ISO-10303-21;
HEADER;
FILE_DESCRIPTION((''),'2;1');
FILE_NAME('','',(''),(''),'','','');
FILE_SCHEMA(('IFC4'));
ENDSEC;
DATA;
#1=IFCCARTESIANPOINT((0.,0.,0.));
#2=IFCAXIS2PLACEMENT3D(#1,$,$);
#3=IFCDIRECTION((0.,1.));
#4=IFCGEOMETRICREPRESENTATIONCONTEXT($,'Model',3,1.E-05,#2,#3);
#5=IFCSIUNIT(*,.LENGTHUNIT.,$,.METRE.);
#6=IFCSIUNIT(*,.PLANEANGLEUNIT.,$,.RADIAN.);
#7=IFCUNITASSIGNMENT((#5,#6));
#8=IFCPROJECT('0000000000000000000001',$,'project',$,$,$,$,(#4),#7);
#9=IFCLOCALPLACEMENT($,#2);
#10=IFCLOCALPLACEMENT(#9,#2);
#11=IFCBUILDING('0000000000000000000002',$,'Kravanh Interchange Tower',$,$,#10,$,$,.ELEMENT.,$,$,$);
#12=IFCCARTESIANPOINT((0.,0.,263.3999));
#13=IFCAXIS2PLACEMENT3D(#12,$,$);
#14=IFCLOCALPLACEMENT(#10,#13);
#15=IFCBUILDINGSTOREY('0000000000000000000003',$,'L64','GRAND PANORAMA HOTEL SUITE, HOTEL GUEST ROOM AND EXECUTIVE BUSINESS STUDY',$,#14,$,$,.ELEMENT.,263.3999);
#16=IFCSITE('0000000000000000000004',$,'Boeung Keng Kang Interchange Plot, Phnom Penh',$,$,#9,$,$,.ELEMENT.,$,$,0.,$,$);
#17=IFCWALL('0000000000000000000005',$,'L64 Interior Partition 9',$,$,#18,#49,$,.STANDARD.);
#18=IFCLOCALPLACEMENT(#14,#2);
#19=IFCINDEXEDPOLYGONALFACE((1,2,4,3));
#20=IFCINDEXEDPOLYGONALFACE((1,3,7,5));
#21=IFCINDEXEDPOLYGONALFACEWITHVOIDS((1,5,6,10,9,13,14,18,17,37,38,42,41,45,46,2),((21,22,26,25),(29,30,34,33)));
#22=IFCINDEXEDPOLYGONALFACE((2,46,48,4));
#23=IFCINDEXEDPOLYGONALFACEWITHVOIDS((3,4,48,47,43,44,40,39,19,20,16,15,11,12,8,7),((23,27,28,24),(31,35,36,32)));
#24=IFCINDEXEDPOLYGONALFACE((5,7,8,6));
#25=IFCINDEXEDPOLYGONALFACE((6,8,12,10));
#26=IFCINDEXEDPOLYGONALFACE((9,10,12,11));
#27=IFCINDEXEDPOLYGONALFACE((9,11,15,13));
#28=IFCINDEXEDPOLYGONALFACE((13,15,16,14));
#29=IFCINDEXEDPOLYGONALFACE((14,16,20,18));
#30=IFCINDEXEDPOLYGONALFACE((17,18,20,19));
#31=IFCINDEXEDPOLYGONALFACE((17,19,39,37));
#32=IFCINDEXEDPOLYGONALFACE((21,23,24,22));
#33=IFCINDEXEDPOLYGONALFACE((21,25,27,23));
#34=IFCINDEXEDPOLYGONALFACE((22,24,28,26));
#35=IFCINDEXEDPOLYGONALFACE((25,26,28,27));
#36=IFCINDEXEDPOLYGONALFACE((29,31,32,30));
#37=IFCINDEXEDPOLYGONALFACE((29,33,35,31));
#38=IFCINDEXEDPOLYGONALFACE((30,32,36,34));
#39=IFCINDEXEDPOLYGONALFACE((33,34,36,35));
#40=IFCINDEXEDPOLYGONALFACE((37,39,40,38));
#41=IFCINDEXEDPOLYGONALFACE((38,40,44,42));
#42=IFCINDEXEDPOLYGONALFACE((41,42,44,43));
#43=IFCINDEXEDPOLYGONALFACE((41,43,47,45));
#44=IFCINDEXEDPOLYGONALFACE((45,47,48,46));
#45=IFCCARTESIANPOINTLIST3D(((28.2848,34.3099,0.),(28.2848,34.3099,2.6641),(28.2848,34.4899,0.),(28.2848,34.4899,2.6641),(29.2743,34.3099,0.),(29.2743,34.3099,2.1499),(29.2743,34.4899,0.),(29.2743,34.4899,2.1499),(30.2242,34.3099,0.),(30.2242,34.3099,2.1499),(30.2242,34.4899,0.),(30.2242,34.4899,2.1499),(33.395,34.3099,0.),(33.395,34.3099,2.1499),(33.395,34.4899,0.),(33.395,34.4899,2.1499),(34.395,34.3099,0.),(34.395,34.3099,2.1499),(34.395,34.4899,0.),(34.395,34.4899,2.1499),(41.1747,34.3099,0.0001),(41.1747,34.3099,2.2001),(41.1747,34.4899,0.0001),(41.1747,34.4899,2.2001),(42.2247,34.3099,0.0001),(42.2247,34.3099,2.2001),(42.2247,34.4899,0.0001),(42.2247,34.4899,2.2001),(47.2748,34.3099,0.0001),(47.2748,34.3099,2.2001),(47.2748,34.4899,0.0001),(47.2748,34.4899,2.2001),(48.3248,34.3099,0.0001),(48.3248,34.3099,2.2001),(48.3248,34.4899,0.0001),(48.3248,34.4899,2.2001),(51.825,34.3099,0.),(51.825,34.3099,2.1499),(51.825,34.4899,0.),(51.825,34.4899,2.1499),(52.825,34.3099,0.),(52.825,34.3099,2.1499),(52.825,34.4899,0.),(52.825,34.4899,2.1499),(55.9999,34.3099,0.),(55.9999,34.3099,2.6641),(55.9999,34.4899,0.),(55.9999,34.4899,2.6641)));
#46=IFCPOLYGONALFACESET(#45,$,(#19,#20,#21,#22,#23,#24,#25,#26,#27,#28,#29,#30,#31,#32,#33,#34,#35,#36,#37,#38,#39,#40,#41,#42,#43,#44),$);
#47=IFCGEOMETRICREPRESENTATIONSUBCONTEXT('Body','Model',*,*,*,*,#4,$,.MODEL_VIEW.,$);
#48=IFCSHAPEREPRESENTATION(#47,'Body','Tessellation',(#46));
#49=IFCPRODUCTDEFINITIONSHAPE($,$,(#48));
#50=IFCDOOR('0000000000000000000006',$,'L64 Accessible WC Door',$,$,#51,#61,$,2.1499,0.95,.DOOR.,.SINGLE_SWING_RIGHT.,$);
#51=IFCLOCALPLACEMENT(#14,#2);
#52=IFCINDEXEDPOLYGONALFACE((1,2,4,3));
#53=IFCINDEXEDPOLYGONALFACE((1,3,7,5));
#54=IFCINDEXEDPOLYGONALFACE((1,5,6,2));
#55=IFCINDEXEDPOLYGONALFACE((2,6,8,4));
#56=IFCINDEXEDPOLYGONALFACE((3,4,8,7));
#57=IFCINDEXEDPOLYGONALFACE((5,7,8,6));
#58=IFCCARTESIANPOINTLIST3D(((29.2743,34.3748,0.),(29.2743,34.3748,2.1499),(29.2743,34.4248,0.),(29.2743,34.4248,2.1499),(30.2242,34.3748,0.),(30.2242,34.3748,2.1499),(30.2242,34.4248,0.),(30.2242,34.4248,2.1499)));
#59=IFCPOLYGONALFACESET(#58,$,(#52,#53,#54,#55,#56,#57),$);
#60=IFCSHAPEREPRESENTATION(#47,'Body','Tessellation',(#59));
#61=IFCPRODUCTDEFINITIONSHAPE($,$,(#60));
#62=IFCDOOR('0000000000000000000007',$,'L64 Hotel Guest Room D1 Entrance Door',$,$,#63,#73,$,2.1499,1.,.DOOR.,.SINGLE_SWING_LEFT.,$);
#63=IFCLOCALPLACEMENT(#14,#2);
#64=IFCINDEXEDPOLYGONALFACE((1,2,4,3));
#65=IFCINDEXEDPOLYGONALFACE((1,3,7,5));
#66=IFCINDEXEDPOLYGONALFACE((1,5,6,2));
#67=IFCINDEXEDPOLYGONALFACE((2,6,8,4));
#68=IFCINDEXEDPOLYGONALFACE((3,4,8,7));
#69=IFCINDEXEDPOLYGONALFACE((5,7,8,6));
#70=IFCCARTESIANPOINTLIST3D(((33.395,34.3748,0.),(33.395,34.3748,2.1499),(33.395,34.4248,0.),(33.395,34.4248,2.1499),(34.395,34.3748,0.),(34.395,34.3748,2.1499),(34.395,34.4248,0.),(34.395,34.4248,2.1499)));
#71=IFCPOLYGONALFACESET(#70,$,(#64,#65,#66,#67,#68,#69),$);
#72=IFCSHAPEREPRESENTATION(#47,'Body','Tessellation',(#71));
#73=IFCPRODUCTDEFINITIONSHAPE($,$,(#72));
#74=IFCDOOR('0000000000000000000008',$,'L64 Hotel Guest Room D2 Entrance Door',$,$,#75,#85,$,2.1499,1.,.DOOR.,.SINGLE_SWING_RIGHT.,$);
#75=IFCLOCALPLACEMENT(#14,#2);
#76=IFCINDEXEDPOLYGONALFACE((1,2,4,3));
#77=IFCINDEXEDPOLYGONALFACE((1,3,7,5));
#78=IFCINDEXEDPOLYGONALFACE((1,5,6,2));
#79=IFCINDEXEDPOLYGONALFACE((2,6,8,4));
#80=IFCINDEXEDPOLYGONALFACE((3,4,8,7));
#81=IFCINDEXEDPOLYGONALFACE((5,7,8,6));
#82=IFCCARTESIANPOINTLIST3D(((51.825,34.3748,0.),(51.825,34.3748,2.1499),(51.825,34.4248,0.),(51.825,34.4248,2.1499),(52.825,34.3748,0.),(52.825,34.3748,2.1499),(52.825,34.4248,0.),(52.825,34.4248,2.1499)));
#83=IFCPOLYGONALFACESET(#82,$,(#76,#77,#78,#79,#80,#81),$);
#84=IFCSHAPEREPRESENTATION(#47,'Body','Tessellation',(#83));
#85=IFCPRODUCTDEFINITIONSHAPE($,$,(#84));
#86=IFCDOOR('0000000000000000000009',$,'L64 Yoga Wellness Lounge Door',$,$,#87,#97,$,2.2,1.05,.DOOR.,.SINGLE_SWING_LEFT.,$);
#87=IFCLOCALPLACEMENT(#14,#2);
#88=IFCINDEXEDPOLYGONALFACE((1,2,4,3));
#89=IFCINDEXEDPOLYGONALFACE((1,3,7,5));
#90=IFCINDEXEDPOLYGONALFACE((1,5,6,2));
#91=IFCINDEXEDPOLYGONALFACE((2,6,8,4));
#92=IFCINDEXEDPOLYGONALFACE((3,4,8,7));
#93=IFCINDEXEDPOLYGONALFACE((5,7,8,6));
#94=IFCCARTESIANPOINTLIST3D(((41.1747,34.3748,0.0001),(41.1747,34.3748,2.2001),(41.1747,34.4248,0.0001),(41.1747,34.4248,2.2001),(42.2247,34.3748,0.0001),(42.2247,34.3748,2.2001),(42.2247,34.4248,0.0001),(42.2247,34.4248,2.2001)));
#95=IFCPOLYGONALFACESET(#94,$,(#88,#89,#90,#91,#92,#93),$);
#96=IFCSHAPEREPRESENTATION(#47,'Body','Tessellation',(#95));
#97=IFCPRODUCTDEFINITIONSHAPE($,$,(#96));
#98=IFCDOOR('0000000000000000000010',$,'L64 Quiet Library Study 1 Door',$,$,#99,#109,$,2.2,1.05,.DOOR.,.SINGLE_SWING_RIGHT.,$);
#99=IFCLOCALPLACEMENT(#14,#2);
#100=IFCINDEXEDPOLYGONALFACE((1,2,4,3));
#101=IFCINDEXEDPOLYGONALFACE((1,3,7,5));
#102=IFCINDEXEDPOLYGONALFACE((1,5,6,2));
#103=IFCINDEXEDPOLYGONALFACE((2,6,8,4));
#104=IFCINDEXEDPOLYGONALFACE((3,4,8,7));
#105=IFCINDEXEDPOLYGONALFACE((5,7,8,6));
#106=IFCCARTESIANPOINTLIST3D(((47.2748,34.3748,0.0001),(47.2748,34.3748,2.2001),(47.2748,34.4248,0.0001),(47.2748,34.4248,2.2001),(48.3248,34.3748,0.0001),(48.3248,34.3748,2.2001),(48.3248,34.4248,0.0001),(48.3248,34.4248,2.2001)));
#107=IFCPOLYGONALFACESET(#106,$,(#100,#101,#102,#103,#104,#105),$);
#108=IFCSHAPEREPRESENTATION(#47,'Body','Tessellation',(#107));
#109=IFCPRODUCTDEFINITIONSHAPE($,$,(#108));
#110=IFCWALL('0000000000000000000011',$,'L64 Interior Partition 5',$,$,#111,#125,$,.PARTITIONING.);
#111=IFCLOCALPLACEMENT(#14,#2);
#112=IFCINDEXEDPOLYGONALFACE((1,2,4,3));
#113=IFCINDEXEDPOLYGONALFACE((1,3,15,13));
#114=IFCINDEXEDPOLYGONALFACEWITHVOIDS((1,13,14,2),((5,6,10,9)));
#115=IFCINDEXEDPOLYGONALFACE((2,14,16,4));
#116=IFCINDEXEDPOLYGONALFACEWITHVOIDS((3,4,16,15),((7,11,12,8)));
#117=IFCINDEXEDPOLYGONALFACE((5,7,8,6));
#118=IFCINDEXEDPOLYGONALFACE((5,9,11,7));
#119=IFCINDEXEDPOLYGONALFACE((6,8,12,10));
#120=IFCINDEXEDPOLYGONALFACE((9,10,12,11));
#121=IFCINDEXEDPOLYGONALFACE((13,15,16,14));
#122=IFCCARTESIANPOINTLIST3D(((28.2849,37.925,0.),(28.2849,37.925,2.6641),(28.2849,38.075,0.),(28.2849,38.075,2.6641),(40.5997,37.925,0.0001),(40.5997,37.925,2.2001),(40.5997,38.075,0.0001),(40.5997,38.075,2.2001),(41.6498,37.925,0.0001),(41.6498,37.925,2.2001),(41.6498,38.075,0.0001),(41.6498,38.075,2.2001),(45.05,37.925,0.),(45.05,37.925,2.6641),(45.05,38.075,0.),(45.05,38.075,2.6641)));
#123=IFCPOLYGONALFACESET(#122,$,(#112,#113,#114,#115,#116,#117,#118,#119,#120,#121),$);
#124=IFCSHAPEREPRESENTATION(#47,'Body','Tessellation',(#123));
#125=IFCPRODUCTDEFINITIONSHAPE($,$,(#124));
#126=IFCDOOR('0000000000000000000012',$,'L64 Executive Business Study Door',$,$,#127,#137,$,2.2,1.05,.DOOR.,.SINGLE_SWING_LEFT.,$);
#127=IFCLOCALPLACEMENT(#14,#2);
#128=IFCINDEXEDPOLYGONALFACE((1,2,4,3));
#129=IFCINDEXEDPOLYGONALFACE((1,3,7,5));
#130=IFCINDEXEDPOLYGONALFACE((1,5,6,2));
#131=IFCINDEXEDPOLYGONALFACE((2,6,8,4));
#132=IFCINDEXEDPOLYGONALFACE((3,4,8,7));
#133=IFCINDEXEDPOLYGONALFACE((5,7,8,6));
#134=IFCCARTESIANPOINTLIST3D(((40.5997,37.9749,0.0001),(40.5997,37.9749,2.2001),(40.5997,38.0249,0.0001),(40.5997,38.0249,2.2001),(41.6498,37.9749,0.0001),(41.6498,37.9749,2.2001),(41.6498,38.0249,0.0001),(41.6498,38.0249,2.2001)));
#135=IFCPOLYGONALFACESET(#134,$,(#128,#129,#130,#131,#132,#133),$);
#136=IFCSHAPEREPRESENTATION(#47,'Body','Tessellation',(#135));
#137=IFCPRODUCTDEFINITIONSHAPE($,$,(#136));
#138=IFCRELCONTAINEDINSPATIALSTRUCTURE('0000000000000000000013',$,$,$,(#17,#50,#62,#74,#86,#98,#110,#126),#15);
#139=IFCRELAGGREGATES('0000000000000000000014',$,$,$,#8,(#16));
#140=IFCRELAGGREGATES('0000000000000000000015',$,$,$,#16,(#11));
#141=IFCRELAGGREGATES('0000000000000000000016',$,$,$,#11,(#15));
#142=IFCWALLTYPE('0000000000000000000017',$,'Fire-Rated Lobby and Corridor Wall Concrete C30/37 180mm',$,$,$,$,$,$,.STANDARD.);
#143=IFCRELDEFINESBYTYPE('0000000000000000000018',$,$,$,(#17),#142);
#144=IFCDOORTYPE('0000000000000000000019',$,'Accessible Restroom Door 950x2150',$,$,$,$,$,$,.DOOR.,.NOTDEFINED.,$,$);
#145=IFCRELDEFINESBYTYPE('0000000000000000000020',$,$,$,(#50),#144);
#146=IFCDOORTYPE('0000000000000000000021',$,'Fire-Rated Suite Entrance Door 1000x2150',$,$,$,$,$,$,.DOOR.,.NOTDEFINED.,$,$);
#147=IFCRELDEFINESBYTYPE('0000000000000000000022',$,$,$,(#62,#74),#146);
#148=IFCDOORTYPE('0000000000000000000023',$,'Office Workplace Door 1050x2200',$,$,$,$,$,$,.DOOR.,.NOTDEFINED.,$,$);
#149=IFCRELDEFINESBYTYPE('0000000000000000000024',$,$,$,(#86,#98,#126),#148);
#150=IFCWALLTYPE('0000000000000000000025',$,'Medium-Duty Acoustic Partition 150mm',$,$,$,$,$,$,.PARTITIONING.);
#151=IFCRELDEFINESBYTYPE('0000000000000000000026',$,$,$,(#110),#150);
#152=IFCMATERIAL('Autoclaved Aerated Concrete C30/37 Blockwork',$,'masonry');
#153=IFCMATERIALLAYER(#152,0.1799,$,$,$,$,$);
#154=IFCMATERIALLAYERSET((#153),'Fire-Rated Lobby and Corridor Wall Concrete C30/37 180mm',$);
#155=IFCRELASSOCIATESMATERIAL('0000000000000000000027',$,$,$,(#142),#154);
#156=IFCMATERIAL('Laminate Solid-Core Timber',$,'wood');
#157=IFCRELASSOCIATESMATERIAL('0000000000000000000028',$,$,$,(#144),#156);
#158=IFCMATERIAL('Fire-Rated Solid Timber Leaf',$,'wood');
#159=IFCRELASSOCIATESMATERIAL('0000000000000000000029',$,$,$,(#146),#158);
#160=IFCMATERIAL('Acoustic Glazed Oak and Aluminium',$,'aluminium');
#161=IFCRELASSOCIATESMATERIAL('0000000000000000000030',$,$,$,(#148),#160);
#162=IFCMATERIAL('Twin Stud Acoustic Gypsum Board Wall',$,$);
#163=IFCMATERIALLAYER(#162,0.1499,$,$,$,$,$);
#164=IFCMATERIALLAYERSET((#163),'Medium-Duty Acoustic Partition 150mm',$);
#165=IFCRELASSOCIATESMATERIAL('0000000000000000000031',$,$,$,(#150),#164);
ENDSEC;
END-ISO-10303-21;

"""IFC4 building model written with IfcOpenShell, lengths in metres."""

from ifc_helpers import new_model, si_unit, direction, frame, frame_2d, origin, place, context, subcontext, project, spatial, rectangle, extrude, material, layer, layer_set, type_object, element, fill, save


model = new_model("IFC4")

# Units and contexts
model_context = context("Model", 3, precision=1e-05, world=origin(), true_north=direction((0.0, 1.0)))
body_context = subcontext(model_context, "Body", "Model", "MODEL_VIEW")
ifc_project = project(units=[si_unit("LENGTHUNIT", "METRE"), si_unit("PLANEANGLEUNIT", "RADIAN")], contexts=[model_context])

# Site, building, storey
site_placement = place(None, origin())
site = spatial("IfcSite", under=ifc_project, at=site_placement, Name="Boeung Keng Kang Interchange Plot, Phnom Penh", CompositionType="ELEMENT", RefElevation=0.0)
building_placement = place(site_placement, origin())
building = spatial("IfcBuilding", under=site, at=building_placement, Name="Kravanh Interchange Tower", CompositionType="ELEMENT")
storey_placement = place(building_placement, frame((0.0, 0.0, 263.3999)))
storey = spatial("IfcBuildingStorey", under=building, at=storey_placement, Name="L64", Description="GRAND PANORAMA HOTEL SUITE, HOTEL GUEST ROOM AND EXECUTIVE BUSINESS STUDY", CompositionType="ELEMENT", Elevation=263.3999)

# Wall, openings, doors
ifc_material_1 = material(Name="Autoclaved Aerated Concrete C30/37 Blockwork", Category="masonry")
ifc_layer_1 = layer(ifc_material_1, 0.1799)
ifc_layer_set_1 = layer_set([ifc_layer_1], Name="Fire-Rated Lobby and Corridor Wall Concrete C30/37 180mm")
wall_type_1 = type_object("IfcWallType", Name="Fire-Rated Lobby and Corridor Wall Concrete C30/37 180mm", PredefinedType="STANDARD", material=ifc_layer_set_1)
wall_1_placement = place(storey_placement, frame((28.2849, 34.3999, 0.0), z_axis=(0.0, 0.0, 1.0), x_axis=(1.0, 0.0, 0.0)))
wall_1 = element("IfcWall", 1, at=wall_1_placement, inside=storey, type_object=wall_type_1, Name="L64 Interior Partition 9", PredefinedType="STANDARD", context=body_context, shape_type="SweptSolid", body=[
    extrude(rectangle(XDim=27.7151, YDim=0.1799, at=frame_2d((13.8574, 0.0))), origin(), (0.0, 0.0, 1.0), 2.6641),
])
opening_1_placement = place(wall_1_placement, frame((0.9893, 0.0, 0.0)))
opening_1 = element("IfcOpeningElement", 2, at=opening_1_placement, cuts=wall_1, PredefinedType="OPENING", context=body_context, shape_type="SweptSolid", body=[
    extrude(rectangle(XDim=0.95, YDim=2.1499, at=frame_2d((0.4751, 1.075))), frame((0.0, 0.1001, 0.0), z_axis=(0.0, -1.0, 0.0), x_axis=(1.0, 0.0, 0.0)), (0.0, 0.0, 1.0), 0.2),
])
opening_2_placement = place(wall_1_placement, frame((5.1101, 0.0, 0.0)))
opening_2 = element("IfcOpeningElement", 3, at=opening_2_placement, cuts=wall_1, PredefinedType="OPENING", context=body_context, shape_type="SweptSolid", body=[
    extrude(rectangle(XDim=1.0, YDim=2.1499, at=frame_2d((0.5, 1.075))), frame((0.0, 0.1001, 0.0), z_axis=(0.0, -1.0, 0.0), x_axis=(1.0, 0.0, 0.0)), (0.0, 0.0, 1.0), 0.2),
])
opening_3_placement = place(wall_1_placement, frame((12.8899, 0.0, 0.0)))
opening_3 = element("IfcOpeningElement", 4, at=opening_3_placement, cuts=wall_1, PredefinedType="OPENING", context=body_context, shape_type="SweptSolid", body=[
    extrude(rectangle(XDim=1.05, YDim=2.2, at=frame_2d((0.5249, 1.1001))), frame((0.0, 0.1001, 0.0), z_axis=(0.0, -1.0, 0.0), x_axis=(1.0, 0.0, 0.0)), (0.0, 0.0, 1.0), 0.2),
])
opening_4_placement = place(wall_1_placement, frame((18.99, 0.0, 0.0)))
opening_4 = element("IfcOpeningElement", 5, at=opening_4_placement, cuts=wall_1, PredefinedType="OPENING", context=body_context, shape_type="SweptSolid", body=[
    extrude(rectangle(XDim=1.05, YDim=2.2, at=frame_2d((0.5249, 1.1001))), frame((0.0, 0.1001, 0.0), z_axis=(0.0, -1.0, 0.0), x_axis=(1.0, 0.0, 0.0)), (0.0, 0.0, 1.0), 0.2),
])
opening_5_placement = place(wall_1_placement, frame((23.54, 0.0, 0.0)))
opening_5 = element("IfcOpeningElement", 6, at=opening_5_placement, cuts=wall_1, PredefinedType="OPENING", context=body_context, shape_type="SweptSolid", body=[
    extrude(rectangle(XDim=1.0, YDim=2.1499, at=frame_2d((0.5, 1.075))), frame((0.0, 0.1001, 0.0), z_axis=(0.0, -1.0, 0.0), x_axis=(1.0, 0.0, 0.0)), (0.0, 0.0, 1.0), 0.2),
])
ifc_material_2 = material(Name="Laminate Solid-Core Timber", Category="wood")
door_type_1 = type_object("IfcDoorType", Name="Accessible Restroom Door 950x2150", OperationType="NOTDEFINED", PredefinedType="DOOR", material=ifc_material_2)
door_1_placement = place(opening_1_placement, origin())
door_1 = element("IfcDoor", 7, at=door_1_placement, inside=storey, type_object=door_type_1, Name="L64 Accessible WC Door", OperationType="SINGLE_SWING_RIGHT", OverallHeight=2.1499, OverallWidth=0.95, PredefinedType="DOOR", context=body_context, shape_type="SweptSolid", body=[
    extrude(rectangle(XDim=0.95, YDim=2.1499, at=frame_2d((0.4751, 1.075))), frame((0.0, 0.0249, 0.0), z_axis=(0.0, -1.0, 0.0), x_axis=(1.0, 0.0, 0.0)), (0.0, 0.0, 1.0), 0.05),
])
fill(opening_1, door_1)
ifc_material_3 = material(Name="Fire-Rated Solid Timber Leaf", Category="wood")
door_type_2 = type_object("IfcDoorType", Name="Fire-Rated Suite Entrance Door 1000x2150", OperationType="NOTDEFINED", PredefinedType="DOOR", material=ifc_material_3)
door_2_placement = place(opening_2_placement, origin())
door_2 = element("IfcDoor", 8, at=door_2_placement, inside=storey, type_object=door_type_2, Name="L64 Hotel Guest Room D1 Entrance Door", OperationType="SINGLE_SWING_LEFT", OverallHeight=2.1499, OverallWidth=1.0, PredefinedType="DOOR", context=body_context, shape_type="SweptSolid", body=[
    extrude(rectangle(XDim=1.0, YDim=2.1499, at=frame_2d((0.5, 1.075))), frame((0.0, 0.0249, 0.0), z_axis=(0.0, -1.0, 0.0), x_axis=(1.0, 0.0, 0.0)), (0.0, 0.0, 1.0), 0.05),
])
fill(opening_2, door_2)
door_3_placement = place(opening_5_placement, origin())
door_3 = element("IfcDoor", 9, at=door_3_placement, inside=storey, type_object=door_type_2, Name="L64 Hotel Guest Room D2 Entrance Door", OperationType="SINGLE_SWING_RIGHT", OverallHeight=2.1499, OverallWidth=1.0, PredefinedType="DOOR", context=body_context, shape_type="SweptSolid", body=[
    extrude(rectangle(XDim=1.0, YDim=2.1499, at=frame_2d((0.5, 1.075))), frame((0.0, 0.0249, 0.0), z_axis=(0.0, -1.0, 0.0), x_axis=(1.0, 0.0, 0.0)), (0.0, 0.0, 1.0), 0.05),
])
fill(opening_5, door_3)
ifc_material_4 = material(Name="Acoustic Glazed Oak and Aluminium", Category="aluminium")
door_type_3 = type_object("IfcDoorType", Name="Office Workplace Door 1050x2200", OperationType="NOTDEFINED", PredefinedType="DOOR", material=ifc_material_4)
door_4_placement = place(opening_3_placement, origin())
door_4 = element("IfcDoor", 10, at=door_4_placement, inside=storey, type_object=door_type_3, Name="L64 Yoga Wellness Lounge Door", OperationType="SINGLE_SWING_LEFT", OverallHeight=2.2, OverallWidth=1.05, PredefinedType="DOOR", context=body_context, shape_type="SweptSolid", body=[
    extrude(rectangle(XDim=1.05, YDim=2.2, at=frame_2d((0.5249, 1.1001))), frame((0.0, 0.0249, 0.0), z_axis=(0.0, -1.0, 0.0), x_axis=(1.0, 0.0, 0.0)), (0.0, 0.0, 1.0), 0.05),
])
fill(opening_3, door_4)
door_5_placement = place(opening_4_placement, origin())
door_5 = element("IfcDoor", 11, at=door_5_placement, inside=storey, type_object=door_type_3, Name="L64 Quiet Library Study 1 Door", OperationType="SINGLE_SWING_RIGHT", OverallHeight=2.2, OverallWidth=1.05, PredefinedType="DOOR", context=body_context, shape_type="SweptSolid", body=[
    extrude(rectangle(XDim=1.05, YDim=2.2, at=frame_2d((0.5249, 1.1001))), frame((0.0, 0.0249, 0.0), z_axis=(0.0, -1.0, 0.0), x_axis=(1.0, 0.0, 0.0)), (0.0, 0.0, 1.0), 0.05),
])
fill(opening_4, door_5)

# Wall, opening, door
ifc_material_5 = material(Name="Twin Stud Acoustic Gypsum Board Wall")
ifc_layer_2 = layer(ifc_material_5, 0.1499)
ifc_layer_set_2 = layer_set([ifc_layer_2], Name="Medium-Duty Acoustic Partition 150mm")
wall_type_2 = type_object("IfcWallType", Name="Medium-Duty Acoustic Partition 150mm", PredefinedType="PARTITIONING", material=ifc_layer_set_2)
wall_2_placement = place(storey_placement, frame((28.2849, 38.0, 0.0), z_axis=(0.0, 0.0, 1.0), x_axis=(1.0, 0.0, 0.0)))
wall_2 = element("IfcWall", 12, at=wall_2_placement, inside=storey, type_object=wall_type_2, Name="L64 Interior Partition 5", PredefinedType="PARTITIONING", context=body_context, shape_type="SweptSolid", body=[
    extrude(rectangle(XDim=16.7651, YDim=0.1499, at=frame_2d((8.3826, 0.0))), origin(), (0.0, 0.0, 1.0), 2.6641),
])
opening_6_placement = place(wall_2_placement, frame((12.3149, 0.0, 0.0)))
opening_6 = element("IfcOpeningElement", 13, at=opening_6_placement, cuts=wall_2, PredefinedType="OPENING", context=body_context, shape_type="SweptSolid", body=[
    extrude(rectangle(XDim=1.05, YDim=2.2, at=frame_2d((0.5249, 1.1001))), frame((0.0, 0.085, 0.0), z_axis=(0.0, -1.0, 0.0), x_axis=(1.0, 0.0, 0.0)), (0.0, 0.0, 1.0), 0.1699),
])
door_6_placement = place(opening_6_placement, origin())
door_6 = element("IfcDoor", 14, at=door_6_placement, inside=storey, type_object=door_type_3, Name="L64 Executive Business Study Door", OperationType="SINGLE_SWING_LEFT", OverallHeight=2.2, OverallWidth=1.05, PredefinedType="DOOR", context=body_context, shape_type="SweptSolid", body=[
    extrude(rectangle(XDim=1.05, YDim=2.2, at=frame_2d((0.5249, 1.1001))), frame((0.0, 0.0249, 0.0), z_axis=(0.0, -1.0, 0.0), x_axis=(1.0, 0.0, 0.0)), (0.0, 0.0, 1.0), 0.05),
])
fill(opening_6, door_6)

save(model, "model.ifc")
